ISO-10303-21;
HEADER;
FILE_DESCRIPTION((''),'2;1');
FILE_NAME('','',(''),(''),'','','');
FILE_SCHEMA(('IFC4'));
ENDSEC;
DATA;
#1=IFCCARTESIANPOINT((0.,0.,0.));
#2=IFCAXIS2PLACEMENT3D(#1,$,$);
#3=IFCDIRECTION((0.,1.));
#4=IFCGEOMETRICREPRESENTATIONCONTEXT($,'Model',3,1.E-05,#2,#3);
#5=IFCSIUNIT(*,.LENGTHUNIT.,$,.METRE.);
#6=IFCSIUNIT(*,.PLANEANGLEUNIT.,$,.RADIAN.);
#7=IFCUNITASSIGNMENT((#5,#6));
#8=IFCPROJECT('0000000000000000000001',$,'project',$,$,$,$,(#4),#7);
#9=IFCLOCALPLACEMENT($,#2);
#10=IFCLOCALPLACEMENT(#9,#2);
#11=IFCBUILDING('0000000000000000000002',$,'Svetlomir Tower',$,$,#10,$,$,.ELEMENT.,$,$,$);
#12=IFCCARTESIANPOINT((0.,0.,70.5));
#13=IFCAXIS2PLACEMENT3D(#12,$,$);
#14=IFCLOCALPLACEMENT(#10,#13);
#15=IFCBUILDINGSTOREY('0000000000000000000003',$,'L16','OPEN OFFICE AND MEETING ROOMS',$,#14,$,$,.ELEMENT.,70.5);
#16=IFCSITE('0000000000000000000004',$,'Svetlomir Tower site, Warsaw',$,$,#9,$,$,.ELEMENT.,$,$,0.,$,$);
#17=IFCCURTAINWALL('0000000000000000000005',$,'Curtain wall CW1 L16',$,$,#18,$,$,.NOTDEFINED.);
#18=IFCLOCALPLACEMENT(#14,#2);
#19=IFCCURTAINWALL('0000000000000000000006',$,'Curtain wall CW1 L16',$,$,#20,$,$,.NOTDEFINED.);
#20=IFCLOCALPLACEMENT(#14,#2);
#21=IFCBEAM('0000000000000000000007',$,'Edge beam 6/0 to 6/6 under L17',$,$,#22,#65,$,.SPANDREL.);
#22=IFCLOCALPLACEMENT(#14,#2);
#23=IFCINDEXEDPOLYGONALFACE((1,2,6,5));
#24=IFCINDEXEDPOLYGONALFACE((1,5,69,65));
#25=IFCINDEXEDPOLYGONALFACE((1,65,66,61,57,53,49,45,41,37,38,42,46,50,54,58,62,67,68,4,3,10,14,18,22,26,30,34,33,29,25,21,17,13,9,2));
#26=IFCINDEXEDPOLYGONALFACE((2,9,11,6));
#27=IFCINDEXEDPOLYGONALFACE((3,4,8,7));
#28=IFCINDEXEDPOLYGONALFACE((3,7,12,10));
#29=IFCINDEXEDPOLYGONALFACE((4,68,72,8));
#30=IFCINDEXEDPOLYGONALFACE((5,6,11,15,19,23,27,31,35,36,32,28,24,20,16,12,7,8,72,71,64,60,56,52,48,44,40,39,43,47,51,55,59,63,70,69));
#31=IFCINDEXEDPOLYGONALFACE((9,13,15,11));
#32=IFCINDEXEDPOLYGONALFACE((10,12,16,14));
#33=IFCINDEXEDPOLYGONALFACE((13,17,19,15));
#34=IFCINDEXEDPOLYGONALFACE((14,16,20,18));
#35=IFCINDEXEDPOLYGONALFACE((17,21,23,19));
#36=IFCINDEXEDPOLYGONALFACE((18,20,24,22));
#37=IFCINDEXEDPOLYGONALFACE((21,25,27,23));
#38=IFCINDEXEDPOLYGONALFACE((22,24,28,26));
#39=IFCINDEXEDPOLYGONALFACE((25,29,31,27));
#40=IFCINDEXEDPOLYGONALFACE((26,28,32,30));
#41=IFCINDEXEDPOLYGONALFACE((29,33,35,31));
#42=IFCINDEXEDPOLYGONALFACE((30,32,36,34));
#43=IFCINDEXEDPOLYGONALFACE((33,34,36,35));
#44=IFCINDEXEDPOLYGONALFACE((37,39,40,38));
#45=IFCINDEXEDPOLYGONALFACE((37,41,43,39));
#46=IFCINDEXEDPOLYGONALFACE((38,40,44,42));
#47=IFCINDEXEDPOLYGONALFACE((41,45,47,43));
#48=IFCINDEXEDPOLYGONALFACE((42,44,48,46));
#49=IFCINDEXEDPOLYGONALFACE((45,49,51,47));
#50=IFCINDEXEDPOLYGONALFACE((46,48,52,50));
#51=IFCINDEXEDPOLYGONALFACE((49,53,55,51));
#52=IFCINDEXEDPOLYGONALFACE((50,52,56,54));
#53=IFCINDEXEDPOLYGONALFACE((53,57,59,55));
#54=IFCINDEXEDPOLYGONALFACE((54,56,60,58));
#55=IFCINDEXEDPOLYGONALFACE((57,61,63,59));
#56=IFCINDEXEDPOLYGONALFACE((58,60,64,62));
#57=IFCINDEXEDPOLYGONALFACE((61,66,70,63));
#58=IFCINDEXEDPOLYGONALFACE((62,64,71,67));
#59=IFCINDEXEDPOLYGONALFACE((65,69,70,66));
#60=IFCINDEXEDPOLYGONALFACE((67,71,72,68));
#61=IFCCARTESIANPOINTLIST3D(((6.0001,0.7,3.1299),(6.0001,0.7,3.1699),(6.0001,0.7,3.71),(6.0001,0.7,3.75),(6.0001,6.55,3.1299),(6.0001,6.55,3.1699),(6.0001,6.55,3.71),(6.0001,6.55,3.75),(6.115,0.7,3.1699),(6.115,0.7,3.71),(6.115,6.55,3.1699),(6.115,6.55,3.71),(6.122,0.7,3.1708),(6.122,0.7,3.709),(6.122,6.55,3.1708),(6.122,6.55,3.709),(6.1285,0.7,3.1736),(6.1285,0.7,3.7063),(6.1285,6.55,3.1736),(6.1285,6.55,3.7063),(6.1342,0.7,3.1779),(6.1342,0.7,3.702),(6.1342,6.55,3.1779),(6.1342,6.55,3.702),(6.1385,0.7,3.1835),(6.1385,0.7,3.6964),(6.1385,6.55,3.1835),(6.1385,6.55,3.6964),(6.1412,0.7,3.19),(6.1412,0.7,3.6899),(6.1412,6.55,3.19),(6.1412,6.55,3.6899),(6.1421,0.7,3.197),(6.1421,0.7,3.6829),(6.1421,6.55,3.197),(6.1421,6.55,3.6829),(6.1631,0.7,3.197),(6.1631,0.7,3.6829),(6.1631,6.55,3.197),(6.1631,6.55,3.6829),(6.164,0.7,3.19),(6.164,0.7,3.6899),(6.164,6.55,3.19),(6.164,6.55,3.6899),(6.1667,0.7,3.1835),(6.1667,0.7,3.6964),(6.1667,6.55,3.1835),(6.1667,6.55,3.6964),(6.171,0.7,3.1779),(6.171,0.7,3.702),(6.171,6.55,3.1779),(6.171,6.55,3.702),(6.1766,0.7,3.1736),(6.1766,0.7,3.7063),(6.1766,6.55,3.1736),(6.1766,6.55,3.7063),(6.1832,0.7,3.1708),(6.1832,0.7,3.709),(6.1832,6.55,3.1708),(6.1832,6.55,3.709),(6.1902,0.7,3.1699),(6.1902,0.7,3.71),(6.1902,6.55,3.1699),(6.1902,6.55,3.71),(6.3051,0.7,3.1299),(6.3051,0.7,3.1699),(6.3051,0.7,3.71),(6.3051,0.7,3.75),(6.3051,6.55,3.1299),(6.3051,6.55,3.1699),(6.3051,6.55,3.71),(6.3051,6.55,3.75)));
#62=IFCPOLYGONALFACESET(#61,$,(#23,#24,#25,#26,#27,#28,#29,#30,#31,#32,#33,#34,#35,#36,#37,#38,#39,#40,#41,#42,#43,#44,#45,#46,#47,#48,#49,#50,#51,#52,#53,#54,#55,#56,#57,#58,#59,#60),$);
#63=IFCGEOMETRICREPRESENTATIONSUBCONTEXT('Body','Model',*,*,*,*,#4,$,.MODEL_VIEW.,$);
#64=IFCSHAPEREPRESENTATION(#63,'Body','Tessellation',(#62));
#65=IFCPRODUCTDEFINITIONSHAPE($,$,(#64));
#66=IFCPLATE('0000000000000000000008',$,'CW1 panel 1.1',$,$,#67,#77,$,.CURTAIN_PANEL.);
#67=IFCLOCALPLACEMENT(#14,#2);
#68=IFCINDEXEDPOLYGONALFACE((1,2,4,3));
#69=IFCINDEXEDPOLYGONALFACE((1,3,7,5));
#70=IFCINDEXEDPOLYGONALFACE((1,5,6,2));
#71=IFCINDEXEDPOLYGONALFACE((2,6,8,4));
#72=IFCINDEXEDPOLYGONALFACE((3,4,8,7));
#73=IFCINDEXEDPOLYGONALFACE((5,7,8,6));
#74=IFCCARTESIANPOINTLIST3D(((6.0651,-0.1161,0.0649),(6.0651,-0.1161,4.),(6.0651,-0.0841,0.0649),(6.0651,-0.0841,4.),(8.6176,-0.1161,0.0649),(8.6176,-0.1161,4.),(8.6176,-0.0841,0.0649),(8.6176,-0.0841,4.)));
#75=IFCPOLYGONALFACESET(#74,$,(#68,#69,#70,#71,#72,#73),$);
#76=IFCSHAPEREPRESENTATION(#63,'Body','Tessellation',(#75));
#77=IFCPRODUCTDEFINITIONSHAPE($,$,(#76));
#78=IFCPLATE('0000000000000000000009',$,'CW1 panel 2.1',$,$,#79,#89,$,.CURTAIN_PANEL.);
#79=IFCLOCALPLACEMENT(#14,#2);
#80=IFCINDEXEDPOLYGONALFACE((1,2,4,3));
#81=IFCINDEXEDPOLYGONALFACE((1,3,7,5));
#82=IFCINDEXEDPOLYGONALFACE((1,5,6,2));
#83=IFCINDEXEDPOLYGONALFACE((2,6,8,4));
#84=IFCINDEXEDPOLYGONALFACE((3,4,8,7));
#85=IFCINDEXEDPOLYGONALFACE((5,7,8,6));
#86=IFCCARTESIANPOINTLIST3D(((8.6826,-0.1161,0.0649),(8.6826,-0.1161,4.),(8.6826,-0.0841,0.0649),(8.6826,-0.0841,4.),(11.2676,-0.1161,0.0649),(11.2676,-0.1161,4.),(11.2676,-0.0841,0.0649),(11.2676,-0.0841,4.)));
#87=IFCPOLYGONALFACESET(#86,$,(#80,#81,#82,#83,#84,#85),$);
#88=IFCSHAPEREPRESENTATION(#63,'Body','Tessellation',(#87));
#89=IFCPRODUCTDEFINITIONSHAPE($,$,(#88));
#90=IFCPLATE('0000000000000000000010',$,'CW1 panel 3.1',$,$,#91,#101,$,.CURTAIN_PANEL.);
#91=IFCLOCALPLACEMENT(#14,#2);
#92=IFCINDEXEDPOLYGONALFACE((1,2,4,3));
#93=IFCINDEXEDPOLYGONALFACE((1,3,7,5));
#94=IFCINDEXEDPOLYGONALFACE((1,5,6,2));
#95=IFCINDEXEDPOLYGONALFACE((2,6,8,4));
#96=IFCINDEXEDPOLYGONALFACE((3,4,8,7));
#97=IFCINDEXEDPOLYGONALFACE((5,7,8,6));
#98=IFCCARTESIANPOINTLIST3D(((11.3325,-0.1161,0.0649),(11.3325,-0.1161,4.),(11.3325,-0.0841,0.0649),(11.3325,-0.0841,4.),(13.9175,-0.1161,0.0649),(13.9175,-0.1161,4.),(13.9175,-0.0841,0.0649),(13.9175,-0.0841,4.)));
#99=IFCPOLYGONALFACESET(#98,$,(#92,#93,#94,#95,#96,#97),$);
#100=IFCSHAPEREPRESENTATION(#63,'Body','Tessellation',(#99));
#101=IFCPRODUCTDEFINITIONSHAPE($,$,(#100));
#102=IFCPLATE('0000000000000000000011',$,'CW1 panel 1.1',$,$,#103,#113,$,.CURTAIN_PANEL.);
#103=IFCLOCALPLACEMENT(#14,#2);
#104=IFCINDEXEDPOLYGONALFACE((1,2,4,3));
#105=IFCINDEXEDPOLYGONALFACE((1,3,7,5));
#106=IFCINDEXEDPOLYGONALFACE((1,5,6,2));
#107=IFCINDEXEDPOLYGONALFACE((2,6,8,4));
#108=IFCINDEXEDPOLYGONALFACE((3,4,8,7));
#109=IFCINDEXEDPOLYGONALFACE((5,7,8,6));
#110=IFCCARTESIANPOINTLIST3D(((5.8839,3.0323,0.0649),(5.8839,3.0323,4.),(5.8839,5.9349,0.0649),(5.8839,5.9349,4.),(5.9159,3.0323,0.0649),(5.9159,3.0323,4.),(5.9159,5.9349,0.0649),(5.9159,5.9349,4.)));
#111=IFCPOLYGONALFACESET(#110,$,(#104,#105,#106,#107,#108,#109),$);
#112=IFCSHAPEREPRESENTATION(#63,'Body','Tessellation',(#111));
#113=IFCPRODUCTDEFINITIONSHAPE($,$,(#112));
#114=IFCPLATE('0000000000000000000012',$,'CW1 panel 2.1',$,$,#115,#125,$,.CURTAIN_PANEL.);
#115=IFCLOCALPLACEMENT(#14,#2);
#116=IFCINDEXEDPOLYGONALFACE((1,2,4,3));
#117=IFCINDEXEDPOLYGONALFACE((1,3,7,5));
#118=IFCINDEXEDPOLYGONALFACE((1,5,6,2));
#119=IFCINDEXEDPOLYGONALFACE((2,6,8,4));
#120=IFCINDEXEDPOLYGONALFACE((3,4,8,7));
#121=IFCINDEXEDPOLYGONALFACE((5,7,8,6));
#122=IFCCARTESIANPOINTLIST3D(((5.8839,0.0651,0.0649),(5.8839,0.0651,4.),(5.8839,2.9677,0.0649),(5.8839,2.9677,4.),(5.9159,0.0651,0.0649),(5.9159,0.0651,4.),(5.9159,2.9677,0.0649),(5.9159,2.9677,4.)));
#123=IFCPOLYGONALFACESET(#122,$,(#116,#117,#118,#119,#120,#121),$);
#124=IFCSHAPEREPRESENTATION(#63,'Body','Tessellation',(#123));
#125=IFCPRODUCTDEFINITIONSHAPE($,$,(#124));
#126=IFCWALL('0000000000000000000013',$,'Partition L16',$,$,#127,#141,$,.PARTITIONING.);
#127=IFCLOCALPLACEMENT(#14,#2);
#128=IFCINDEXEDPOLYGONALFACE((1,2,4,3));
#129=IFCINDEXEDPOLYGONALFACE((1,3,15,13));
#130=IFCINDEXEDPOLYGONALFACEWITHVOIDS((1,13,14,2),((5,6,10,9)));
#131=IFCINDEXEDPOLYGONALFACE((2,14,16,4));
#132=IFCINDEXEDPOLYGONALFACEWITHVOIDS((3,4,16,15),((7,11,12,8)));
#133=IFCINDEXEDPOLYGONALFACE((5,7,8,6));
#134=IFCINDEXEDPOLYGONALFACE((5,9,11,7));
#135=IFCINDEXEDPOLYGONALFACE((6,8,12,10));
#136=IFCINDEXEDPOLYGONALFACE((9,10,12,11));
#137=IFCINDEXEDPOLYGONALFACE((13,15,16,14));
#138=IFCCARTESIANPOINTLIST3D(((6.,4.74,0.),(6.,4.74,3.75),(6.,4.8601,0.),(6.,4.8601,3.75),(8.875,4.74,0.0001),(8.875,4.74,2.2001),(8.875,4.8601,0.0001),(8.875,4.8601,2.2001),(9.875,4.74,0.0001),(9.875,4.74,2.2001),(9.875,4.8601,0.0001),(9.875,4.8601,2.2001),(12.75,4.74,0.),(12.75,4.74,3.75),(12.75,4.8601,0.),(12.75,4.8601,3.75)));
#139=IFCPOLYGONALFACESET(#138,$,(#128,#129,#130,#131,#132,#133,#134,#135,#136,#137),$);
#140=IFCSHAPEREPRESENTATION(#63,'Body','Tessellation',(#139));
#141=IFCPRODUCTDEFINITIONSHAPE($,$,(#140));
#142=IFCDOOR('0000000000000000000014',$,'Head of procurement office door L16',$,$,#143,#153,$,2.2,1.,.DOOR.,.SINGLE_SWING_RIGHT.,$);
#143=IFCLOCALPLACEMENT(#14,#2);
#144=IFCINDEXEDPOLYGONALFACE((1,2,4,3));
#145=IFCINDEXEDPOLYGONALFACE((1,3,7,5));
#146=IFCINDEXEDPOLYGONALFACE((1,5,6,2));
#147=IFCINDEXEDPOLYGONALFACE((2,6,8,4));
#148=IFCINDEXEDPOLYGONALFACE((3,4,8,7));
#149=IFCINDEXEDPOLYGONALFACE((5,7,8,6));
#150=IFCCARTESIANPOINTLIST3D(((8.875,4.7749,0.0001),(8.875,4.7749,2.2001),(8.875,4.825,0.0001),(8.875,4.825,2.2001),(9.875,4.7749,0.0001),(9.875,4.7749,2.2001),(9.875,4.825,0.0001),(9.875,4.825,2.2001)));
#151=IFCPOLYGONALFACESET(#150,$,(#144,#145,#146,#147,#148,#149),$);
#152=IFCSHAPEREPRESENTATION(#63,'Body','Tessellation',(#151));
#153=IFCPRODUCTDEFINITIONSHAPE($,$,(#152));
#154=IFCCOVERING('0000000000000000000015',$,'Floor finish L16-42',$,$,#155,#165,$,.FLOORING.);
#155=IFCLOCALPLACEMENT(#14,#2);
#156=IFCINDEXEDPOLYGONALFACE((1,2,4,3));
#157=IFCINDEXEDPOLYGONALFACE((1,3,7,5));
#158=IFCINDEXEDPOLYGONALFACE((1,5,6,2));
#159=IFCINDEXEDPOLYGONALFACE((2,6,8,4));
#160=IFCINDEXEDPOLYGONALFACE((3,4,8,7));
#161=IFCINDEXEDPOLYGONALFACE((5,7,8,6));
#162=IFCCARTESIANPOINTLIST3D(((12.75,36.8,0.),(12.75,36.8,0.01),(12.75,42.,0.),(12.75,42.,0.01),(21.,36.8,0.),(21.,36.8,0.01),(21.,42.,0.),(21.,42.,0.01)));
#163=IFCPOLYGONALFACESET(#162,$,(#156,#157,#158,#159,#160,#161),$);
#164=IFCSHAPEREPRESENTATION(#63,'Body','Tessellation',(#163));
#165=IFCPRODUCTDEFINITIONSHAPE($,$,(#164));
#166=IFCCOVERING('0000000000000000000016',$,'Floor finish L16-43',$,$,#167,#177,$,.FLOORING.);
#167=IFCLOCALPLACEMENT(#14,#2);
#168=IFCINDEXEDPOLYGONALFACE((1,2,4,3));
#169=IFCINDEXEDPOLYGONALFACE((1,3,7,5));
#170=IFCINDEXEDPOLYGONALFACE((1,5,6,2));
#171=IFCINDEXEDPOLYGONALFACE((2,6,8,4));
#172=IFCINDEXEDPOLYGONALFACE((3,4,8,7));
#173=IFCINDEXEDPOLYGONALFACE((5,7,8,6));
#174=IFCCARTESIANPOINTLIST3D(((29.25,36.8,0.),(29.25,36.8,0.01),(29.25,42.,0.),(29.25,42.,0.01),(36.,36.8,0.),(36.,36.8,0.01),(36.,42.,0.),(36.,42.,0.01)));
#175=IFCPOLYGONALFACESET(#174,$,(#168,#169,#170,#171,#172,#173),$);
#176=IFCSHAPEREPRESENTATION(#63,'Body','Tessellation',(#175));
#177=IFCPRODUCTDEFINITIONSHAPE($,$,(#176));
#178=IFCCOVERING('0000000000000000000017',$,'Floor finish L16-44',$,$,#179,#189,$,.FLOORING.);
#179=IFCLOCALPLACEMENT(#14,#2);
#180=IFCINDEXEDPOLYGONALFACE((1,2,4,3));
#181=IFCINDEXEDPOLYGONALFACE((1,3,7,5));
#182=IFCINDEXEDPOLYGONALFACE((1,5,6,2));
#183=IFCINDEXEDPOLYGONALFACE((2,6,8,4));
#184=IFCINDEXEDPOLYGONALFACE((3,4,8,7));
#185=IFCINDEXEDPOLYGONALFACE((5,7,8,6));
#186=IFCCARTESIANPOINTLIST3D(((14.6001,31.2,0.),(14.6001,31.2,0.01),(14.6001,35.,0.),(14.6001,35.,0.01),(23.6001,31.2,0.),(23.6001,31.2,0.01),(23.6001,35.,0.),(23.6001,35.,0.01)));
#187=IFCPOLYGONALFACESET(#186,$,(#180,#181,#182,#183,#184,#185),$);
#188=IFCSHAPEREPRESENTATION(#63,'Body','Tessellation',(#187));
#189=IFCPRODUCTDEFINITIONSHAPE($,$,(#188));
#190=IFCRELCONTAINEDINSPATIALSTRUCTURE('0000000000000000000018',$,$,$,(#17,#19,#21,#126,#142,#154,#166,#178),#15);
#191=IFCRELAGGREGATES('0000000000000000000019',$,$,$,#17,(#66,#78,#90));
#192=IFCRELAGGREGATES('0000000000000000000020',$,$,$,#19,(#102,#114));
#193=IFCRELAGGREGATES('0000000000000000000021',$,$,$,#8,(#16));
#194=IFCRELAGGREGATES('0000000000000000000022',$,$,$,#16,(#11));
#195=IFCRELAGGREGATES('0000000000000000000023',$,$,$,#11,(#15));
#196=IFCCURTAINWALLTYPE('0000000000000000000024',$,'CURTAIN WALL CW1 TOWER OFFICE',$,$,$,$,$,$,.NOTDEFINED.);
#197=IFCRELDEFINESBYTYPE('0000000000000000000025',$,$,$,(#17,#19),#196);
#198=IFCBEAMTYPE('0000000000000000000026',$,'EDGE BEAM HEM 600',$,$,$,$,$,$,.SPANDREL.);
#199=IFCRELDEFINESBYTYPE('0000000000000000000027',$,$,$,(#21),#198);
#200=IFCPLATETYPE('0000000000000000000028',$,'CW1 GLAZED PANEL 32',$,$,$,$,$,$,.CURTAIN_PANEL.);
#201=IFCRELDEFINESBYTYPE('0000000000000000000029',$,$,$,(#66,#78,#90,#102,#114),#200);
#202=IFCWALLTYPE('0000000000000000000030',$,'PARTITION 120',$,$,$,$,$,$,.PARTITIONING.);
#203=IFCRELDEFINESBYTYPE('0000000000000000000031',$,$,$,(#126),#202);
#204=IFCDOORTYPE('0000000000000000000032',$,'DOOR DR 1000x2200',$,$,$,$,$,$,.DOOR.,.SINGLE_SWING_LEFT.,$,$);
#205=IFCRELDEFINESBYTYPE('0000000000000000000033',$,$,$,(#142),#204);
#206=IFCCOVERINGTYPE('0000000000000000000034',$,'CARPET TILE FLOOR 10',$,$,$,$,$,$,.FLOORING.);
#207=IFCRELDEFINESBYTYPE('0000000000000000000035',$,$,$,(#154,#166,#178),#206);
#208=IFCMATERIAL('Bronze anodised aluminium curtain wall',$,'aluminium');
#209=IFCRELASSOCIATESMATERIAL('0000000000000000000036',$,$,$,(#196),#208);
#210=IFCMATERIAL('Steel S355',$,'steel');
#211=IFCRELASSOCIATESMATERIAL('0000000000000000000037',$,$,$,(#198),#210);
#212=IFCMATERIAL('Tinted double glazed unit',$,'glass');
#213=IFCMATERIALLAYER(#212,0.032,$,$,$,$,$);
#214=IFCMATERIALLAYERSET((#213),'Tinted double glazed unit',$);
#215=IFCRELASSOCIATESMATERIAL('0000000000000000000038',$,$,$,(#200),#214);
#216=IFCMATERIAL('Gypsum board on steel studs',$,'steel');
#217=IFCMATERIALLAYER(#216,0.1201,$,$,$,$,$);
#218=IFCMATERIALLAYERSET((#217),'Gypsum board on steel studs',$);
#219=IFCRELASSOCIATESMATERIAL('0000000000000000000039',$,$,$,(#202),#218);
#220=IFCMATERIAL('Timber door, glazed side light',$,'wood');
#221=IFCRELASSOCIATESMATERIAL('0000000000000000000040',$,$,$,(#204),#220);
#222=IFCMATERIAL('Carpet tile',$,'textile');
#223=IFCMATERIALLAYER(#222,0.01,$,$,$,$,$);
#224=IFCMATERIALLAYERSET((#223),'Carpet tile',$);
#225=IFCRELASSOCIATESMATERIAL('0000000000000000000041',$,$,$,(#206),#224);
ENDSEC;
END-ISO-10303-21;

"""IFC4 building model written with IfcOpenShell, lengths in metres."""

from ifc_helpers import new_model, si_unit, direction, frame, frame_2d, origin, origin_2d, place, context, subcontext, project, spatial, polyline, rectangle, i_section, outline, extrude, material, layer, layer_set, material_profile, profile_set, type_object, element, fill, aggregate, save


model = new_model("IFC4")

# Units and contexts
model_context = context("Model", 3, precision=1e-05, world=origin(), true_north=direction((0.0, 1.0)))
body_context = subcontext(model_context, "Body", "Model", "MODEL_VIEW")
ifc_project = project(units=[si_unit("LENGTHUNIT", "METRE"), si_unit("PLANEANGLEUNIT", "RADIAN")], contexts=[model_context])

# Site, building, storey
site_placement = place(None, origin())
site = spatial("IfcSite", under=ifc_project, at=site_placement, Name="Svetlomir Tower site, Warsaw", CompositionType="ELEMENT", RefElevation=0.0)
building_placement = place(site_placement, origin())
building = spatial("IfcBuilding", under=site, at=building_placement, Name="Svetlomir Tower", CompositionType="ELEMENT")
storey_placement = place(building_placement, frame((0.0, 0.0, 70.5)))
storey = spatial("IfcBuildingStorey", under=building, at=storey_placement, Name="L16", Description="OPEN OFFICE AND MEETING ROOMS", CompositionType="ELEMENT", Elevation=70.5)

# Curtain walls
ifc_material_1 = material(Name="Bronze anodised aluminium curtain wall", Category="aluminium")
curtain_wall_type = type_object("IfcCurtainWallType", Name="CURTAIN WALL CW1 TOWER OFFICE", PredefinedType="NOTDEFINED", material=ifc_material_1)
curtain_wall_1_placement = place(storey_placement, origin())
curtain_wall_1 = element("IfcCurtainWall", 1, at=curtain_wall_1_placement, inside=storey, type_object=curtain_wall_type, Name="Curtain wall CW1 L16", PredefinedType="NOTDEFINED")
curtain_wall_2_placement = place(storey_placement, origin())
curtain_wall_2 = element("IfcCurtainWall", 2, at=curtain_wall_2_placement, inside=storey, type_object=curtain_wall_type, Name="Curtain wall CW1 L16", PredefinedType="NOTDEFINED")

# Beam
ifc_material_2 = material(Name="Steel S355", Category="steel")
ifc_material_profile_1 = material_profile(ifc_material_2, i_section(OverallWidth=0.3049, OverallDepth=0.6201, WebThickness=0.021, FlangeThickness=0.04, FilletRadius=0.0271, at=origin_2d()), Name="HEM 600")
ifc_profile_set_1 = profile_set([ifc_material_profile_1], Name="Steel S355")
beam_type = type_object("IfcBeamType", Name="EDGE BEAM HEM 600", PredefinedType="SPANDREL", material=ifc_profile_set_1)
beam_1_placement = place(storey_placement, frame((6.1526, 0.7, 3.4399), z_axis=(0.0, 1.0, 0.0), x_axis=(-1.0, 0.0, 0.0)))
element("IfcBeam", 3, at=beam_1_placement, inside=storey, type_object=beam_type, Name="Edge beam 6/0 to 6/6 under L17", PredefinedType="SPANDREL", context=body_context, shape_type="SweptSolid", body=[
    extrude(i_section(OverallWidth=0.3049, OverallDepth=0.6201, WebThickness=0.021, FlangeThickness=0.04, FilletRadius=0.0271, at=origin_2d()), origin(), (0.0, 0.0, 1.0), 5.8501),
])

# Plates
ifc_material_3 = material(Name="Tinted double glazed unit", Category="glass")
ifc_layer_1 = layer(ifc_material_3, 0.032)
ifc_layer_set_1 = layer_set([ifc_layer_1], Name="Tinted double glazed unit")
plate_type = type_object("IfcPlateType", Name="CW1 GLAZED PANEL 32", PredefinedType="CURTAIN_PANEL", material=ifc_layer_set_1)
plate_1_placement = place(storey_placement, frame((7.3413, -0.1001, 0.0649), z_axis=(0.0, 0.0, 1.0), x_axis=(1.0, 0.0, 0.0)))
plate_1 = element("IfcPlate", 4, at=plate_1_placement, type_object=plate_type, Name="CW1 panel 1.1", PredefinedType="CURTAIN_PANEL", context=body_context, shape_type="SweptSolid", body=[
    extrude(rectangle(XDim=2.5525, YDim=0.032, at=origin_2d()), origin(), (0.0, 0.0, 1.0), 3.9351),
])
plate_2_placement = place(storey_placement, frame((9.9751, -0.1001, 0.0649), z_axis=(0.0, 0.0, 1.0), x_axis=(1.0, 0.0, 0.0)))
plate_2 = element("IfcPlate", 5, at=plate_2_placement, type_object=plate_type, Name="CW1 panel 2.1", PredefinedType="CURTAIN_PANEL", context=body_context, shape_type="SweptSolid", body=[
    extrude(rectangle(XDim=2.585, YDim=0.032, at=origin_2d()), origin(), (0.0, 0.0, 1.0), 3.9351),
])
plate_3_placement = place(storey_placement, frame((12.625, -0.1001, 0.0649), z_axis=(0.0, 0.0, 1.0), x_axis=(1.0, 0.0, 0.0)))
plate_3 = element("IfcPlate", 6, at=plate_3_placement, type_object=plate_type, Name="CW1 panel 3.1", PredefinedType="CURTAIN_PANEL", context=body_context, shape_type="SweptSolid", body=[
    extrude(rectangle(XDim=2.585, YDim=0.032, at=origin_2d()), origin(), (0.0, 0.0, 1.0), 3.9351),
])
aggregate(curtain_wall_1, [plate_1, plate_2, plate_3])
plate_4_placement = place(storey_placement, frame((5.8999, 4.4836, 0.0649), z_axis=(0.0, 0.0, 1.0), x_axis=(0.0, -1.0, 0.0)))
plate_4 = element("IfcPlate", 7, at=plate_4_placement, type_object=plate_type, Name="CW1 panel 1.1", PredefinedType="CURTAIN_PANEL", context=body_context, shape_type="SweptSolid", body=[
    extrude(rectangle(XDim=2.9026, YDim=0.032, at=origin_2d()), origin(), (0.0, 0.0, 1.0), 3.9351),
])
plate_5_placement = place(storey_placement, frame((5.8999, 1.5164, 0.0649), z_axis=(0.0, 0.0, 1.0), x_axis=(0.0, -1.0, 0.0)))
plate_5 = element("IfcPlate", 8, at=plate_5_placement, type_object=plate_type, Name="CW1 panel 2.1", PredefinedType="CURTAIN_PANEL", context=body_context, shape_type="SweptSolid", body=[
    extrude(rectangle(XDim=2.9026, YDim=0.032, at=origin_2d()), origin(), (0.0, 0.0, 1.0), 3.9351),
])
aggregate(curtain_wall_2, [plate_4, plate_5])

# Wall, opening, door
ifc_material_4 = material(Name="Gypsum board on steel studs", Category="steel")
ifc_layer_2 = layer(ifc_material_4, 0.1201)
ifc_layer_set_2 = layer_set([ifc_layer_2], Name="Gypsum board on steel studs")
wall_type = type_object("IfcWallType", Name="PARTITION 120", PredefinedType="PARTITIONING", material=ifc_layer_set_2)
wall_placement = place(storey_placement, frame((6.0, 4.8, 0.0), z_axis=(0.0, 0.0, 1.0), x_axis=(1.0, 0.0, 0.0)))
wall = element("IfcWall", 9, at=wall_placement, inside=storey, type_object=wall_type, Name="Partition L16", PredefinedType="PARTITIONING", context=body_context, shape_type="SweptSolid", body=[
    extrude(rectangle(XDim=6.75, YDim=0.1201, at=frame_2d((3.375, 0.0))), origin(), (0.0, 0.0, 1.0), 3.75),
])
opening_placement = place(wall_placement, frame((2.875, 0.0, 0.0)))
opening = element("IfcOpeningElement", 10, at=opening_placement, cuts=wall, PredefinedType="OPENING", context=body_context, shape_type="SweptSolid", body=[
    extrude(rectangle(XDim=1.0, YDim=2.2, at=frame_2d((0.5, 1.1001))), frame((0.0, 0.0701, 0.0), z_axis=(0.0, -1.0, 0.0), x_axis=(1.0, 0.0, 0.0)), (0.0, 0.0, 1.0), 0.1401),
])
ifc_material_5 = material(Name="Timber door, glazed side light", Category="wood")
door_type = type_object("IfcDoorType", Name="DOOR DR 1000x2200", OperationType="SINGLE_SWING_LEFT", PredefinedType="DOOR", material=ifc_material_5)
door_placement = place(opening_placement, origin())
door = element("IfcDoor", 11, at=door_placement, inside=storey, type_object=door_type, Name="Head of procurement office door L16", OperationType="SINGLE_SWING_RIGHT", OverallHeight=2.2, OverallWidth=1.0, PredefinedType="DOOR", context=body_context, shape_type="SweptSolid", body=[
    extrude(rectangle(XDim=1.0, YDim=2.2, at=frame_2d((0.5, 1.1001))), frame((0.0, 0.0249, 0.0), z_axis=(0.0, -1.0, 0.0), x_axis=(1.0, 0.0, 0.0)), (0.0, 0.0, 1.0), 0.05),
])
fill(opening, door)

# Coverings
ifc_material_6 = material(Name="Carpet tile", Category="textile")
ifc_layer_3 = layer(ifc_material_6, 0.01)
ifc_layer_set_3 = layer_set([ifc_layer_3], Name="Carpet tile")
covering_type_1 = type_object("IfcCoveringType", Name="CARPET TILE FLOOR 10", PredefinedType="FLOORING", material=ifc_layer_set_3)
covering_1_placement = place(storey_placement, origin())
element("IfcCovering", 12, at=covering_1_placement, inside=storey, type_object=covering_type_1, Name="Floor finish L16-42", PredefinedType="FLOORING", context=body_context, shape_type="SweptSolid", body=[
    extrude(outline(polyline([(21.0, 42.0), (21.0, 36.8), (12.75, 36.8), (12.75, 42.0), (21.0, 42.0)])), origin(), (0.0, 0.0, 1.0), 0.01),
])
covering_2_placement = place(storey_placement, origin())
element("IfcCovering", 13, at=covering_2_placement, inside=storey, type_object=covering_type_1, Name="Floor finish L16-43", PredefinedType="FLOORING", context=body_context, shape_type="SweptSolid", body=[
    extrude(outline(polyline([(36.0, 42.0), (36.0, 36.8), (29.25, 36.8), (29.25, 42.0), (36.0, 42.0)])), origin(), (0.0, 0.0, 1.0), 0.01),
])
covering_3_placement = place(storey_placement, origin())
element("IfcCovering", 14, at=covering_3_placement, inside=storey, type_object=covering_type_1, Name="Floor finish L16-44", PredefinedType="FLOORING", context=body_context, shape_type="SweptSolid", body=[
    extrude(outline(polyline([(14.6001, 31.2), (14.6001, 35.0), (23.6001, 35.0), (23.6001, 31.2), (14.6001, 31.2)])), origin(), (0.0, 0.0, 1.0), 0.01),
])

save(model, "model.ifc")
